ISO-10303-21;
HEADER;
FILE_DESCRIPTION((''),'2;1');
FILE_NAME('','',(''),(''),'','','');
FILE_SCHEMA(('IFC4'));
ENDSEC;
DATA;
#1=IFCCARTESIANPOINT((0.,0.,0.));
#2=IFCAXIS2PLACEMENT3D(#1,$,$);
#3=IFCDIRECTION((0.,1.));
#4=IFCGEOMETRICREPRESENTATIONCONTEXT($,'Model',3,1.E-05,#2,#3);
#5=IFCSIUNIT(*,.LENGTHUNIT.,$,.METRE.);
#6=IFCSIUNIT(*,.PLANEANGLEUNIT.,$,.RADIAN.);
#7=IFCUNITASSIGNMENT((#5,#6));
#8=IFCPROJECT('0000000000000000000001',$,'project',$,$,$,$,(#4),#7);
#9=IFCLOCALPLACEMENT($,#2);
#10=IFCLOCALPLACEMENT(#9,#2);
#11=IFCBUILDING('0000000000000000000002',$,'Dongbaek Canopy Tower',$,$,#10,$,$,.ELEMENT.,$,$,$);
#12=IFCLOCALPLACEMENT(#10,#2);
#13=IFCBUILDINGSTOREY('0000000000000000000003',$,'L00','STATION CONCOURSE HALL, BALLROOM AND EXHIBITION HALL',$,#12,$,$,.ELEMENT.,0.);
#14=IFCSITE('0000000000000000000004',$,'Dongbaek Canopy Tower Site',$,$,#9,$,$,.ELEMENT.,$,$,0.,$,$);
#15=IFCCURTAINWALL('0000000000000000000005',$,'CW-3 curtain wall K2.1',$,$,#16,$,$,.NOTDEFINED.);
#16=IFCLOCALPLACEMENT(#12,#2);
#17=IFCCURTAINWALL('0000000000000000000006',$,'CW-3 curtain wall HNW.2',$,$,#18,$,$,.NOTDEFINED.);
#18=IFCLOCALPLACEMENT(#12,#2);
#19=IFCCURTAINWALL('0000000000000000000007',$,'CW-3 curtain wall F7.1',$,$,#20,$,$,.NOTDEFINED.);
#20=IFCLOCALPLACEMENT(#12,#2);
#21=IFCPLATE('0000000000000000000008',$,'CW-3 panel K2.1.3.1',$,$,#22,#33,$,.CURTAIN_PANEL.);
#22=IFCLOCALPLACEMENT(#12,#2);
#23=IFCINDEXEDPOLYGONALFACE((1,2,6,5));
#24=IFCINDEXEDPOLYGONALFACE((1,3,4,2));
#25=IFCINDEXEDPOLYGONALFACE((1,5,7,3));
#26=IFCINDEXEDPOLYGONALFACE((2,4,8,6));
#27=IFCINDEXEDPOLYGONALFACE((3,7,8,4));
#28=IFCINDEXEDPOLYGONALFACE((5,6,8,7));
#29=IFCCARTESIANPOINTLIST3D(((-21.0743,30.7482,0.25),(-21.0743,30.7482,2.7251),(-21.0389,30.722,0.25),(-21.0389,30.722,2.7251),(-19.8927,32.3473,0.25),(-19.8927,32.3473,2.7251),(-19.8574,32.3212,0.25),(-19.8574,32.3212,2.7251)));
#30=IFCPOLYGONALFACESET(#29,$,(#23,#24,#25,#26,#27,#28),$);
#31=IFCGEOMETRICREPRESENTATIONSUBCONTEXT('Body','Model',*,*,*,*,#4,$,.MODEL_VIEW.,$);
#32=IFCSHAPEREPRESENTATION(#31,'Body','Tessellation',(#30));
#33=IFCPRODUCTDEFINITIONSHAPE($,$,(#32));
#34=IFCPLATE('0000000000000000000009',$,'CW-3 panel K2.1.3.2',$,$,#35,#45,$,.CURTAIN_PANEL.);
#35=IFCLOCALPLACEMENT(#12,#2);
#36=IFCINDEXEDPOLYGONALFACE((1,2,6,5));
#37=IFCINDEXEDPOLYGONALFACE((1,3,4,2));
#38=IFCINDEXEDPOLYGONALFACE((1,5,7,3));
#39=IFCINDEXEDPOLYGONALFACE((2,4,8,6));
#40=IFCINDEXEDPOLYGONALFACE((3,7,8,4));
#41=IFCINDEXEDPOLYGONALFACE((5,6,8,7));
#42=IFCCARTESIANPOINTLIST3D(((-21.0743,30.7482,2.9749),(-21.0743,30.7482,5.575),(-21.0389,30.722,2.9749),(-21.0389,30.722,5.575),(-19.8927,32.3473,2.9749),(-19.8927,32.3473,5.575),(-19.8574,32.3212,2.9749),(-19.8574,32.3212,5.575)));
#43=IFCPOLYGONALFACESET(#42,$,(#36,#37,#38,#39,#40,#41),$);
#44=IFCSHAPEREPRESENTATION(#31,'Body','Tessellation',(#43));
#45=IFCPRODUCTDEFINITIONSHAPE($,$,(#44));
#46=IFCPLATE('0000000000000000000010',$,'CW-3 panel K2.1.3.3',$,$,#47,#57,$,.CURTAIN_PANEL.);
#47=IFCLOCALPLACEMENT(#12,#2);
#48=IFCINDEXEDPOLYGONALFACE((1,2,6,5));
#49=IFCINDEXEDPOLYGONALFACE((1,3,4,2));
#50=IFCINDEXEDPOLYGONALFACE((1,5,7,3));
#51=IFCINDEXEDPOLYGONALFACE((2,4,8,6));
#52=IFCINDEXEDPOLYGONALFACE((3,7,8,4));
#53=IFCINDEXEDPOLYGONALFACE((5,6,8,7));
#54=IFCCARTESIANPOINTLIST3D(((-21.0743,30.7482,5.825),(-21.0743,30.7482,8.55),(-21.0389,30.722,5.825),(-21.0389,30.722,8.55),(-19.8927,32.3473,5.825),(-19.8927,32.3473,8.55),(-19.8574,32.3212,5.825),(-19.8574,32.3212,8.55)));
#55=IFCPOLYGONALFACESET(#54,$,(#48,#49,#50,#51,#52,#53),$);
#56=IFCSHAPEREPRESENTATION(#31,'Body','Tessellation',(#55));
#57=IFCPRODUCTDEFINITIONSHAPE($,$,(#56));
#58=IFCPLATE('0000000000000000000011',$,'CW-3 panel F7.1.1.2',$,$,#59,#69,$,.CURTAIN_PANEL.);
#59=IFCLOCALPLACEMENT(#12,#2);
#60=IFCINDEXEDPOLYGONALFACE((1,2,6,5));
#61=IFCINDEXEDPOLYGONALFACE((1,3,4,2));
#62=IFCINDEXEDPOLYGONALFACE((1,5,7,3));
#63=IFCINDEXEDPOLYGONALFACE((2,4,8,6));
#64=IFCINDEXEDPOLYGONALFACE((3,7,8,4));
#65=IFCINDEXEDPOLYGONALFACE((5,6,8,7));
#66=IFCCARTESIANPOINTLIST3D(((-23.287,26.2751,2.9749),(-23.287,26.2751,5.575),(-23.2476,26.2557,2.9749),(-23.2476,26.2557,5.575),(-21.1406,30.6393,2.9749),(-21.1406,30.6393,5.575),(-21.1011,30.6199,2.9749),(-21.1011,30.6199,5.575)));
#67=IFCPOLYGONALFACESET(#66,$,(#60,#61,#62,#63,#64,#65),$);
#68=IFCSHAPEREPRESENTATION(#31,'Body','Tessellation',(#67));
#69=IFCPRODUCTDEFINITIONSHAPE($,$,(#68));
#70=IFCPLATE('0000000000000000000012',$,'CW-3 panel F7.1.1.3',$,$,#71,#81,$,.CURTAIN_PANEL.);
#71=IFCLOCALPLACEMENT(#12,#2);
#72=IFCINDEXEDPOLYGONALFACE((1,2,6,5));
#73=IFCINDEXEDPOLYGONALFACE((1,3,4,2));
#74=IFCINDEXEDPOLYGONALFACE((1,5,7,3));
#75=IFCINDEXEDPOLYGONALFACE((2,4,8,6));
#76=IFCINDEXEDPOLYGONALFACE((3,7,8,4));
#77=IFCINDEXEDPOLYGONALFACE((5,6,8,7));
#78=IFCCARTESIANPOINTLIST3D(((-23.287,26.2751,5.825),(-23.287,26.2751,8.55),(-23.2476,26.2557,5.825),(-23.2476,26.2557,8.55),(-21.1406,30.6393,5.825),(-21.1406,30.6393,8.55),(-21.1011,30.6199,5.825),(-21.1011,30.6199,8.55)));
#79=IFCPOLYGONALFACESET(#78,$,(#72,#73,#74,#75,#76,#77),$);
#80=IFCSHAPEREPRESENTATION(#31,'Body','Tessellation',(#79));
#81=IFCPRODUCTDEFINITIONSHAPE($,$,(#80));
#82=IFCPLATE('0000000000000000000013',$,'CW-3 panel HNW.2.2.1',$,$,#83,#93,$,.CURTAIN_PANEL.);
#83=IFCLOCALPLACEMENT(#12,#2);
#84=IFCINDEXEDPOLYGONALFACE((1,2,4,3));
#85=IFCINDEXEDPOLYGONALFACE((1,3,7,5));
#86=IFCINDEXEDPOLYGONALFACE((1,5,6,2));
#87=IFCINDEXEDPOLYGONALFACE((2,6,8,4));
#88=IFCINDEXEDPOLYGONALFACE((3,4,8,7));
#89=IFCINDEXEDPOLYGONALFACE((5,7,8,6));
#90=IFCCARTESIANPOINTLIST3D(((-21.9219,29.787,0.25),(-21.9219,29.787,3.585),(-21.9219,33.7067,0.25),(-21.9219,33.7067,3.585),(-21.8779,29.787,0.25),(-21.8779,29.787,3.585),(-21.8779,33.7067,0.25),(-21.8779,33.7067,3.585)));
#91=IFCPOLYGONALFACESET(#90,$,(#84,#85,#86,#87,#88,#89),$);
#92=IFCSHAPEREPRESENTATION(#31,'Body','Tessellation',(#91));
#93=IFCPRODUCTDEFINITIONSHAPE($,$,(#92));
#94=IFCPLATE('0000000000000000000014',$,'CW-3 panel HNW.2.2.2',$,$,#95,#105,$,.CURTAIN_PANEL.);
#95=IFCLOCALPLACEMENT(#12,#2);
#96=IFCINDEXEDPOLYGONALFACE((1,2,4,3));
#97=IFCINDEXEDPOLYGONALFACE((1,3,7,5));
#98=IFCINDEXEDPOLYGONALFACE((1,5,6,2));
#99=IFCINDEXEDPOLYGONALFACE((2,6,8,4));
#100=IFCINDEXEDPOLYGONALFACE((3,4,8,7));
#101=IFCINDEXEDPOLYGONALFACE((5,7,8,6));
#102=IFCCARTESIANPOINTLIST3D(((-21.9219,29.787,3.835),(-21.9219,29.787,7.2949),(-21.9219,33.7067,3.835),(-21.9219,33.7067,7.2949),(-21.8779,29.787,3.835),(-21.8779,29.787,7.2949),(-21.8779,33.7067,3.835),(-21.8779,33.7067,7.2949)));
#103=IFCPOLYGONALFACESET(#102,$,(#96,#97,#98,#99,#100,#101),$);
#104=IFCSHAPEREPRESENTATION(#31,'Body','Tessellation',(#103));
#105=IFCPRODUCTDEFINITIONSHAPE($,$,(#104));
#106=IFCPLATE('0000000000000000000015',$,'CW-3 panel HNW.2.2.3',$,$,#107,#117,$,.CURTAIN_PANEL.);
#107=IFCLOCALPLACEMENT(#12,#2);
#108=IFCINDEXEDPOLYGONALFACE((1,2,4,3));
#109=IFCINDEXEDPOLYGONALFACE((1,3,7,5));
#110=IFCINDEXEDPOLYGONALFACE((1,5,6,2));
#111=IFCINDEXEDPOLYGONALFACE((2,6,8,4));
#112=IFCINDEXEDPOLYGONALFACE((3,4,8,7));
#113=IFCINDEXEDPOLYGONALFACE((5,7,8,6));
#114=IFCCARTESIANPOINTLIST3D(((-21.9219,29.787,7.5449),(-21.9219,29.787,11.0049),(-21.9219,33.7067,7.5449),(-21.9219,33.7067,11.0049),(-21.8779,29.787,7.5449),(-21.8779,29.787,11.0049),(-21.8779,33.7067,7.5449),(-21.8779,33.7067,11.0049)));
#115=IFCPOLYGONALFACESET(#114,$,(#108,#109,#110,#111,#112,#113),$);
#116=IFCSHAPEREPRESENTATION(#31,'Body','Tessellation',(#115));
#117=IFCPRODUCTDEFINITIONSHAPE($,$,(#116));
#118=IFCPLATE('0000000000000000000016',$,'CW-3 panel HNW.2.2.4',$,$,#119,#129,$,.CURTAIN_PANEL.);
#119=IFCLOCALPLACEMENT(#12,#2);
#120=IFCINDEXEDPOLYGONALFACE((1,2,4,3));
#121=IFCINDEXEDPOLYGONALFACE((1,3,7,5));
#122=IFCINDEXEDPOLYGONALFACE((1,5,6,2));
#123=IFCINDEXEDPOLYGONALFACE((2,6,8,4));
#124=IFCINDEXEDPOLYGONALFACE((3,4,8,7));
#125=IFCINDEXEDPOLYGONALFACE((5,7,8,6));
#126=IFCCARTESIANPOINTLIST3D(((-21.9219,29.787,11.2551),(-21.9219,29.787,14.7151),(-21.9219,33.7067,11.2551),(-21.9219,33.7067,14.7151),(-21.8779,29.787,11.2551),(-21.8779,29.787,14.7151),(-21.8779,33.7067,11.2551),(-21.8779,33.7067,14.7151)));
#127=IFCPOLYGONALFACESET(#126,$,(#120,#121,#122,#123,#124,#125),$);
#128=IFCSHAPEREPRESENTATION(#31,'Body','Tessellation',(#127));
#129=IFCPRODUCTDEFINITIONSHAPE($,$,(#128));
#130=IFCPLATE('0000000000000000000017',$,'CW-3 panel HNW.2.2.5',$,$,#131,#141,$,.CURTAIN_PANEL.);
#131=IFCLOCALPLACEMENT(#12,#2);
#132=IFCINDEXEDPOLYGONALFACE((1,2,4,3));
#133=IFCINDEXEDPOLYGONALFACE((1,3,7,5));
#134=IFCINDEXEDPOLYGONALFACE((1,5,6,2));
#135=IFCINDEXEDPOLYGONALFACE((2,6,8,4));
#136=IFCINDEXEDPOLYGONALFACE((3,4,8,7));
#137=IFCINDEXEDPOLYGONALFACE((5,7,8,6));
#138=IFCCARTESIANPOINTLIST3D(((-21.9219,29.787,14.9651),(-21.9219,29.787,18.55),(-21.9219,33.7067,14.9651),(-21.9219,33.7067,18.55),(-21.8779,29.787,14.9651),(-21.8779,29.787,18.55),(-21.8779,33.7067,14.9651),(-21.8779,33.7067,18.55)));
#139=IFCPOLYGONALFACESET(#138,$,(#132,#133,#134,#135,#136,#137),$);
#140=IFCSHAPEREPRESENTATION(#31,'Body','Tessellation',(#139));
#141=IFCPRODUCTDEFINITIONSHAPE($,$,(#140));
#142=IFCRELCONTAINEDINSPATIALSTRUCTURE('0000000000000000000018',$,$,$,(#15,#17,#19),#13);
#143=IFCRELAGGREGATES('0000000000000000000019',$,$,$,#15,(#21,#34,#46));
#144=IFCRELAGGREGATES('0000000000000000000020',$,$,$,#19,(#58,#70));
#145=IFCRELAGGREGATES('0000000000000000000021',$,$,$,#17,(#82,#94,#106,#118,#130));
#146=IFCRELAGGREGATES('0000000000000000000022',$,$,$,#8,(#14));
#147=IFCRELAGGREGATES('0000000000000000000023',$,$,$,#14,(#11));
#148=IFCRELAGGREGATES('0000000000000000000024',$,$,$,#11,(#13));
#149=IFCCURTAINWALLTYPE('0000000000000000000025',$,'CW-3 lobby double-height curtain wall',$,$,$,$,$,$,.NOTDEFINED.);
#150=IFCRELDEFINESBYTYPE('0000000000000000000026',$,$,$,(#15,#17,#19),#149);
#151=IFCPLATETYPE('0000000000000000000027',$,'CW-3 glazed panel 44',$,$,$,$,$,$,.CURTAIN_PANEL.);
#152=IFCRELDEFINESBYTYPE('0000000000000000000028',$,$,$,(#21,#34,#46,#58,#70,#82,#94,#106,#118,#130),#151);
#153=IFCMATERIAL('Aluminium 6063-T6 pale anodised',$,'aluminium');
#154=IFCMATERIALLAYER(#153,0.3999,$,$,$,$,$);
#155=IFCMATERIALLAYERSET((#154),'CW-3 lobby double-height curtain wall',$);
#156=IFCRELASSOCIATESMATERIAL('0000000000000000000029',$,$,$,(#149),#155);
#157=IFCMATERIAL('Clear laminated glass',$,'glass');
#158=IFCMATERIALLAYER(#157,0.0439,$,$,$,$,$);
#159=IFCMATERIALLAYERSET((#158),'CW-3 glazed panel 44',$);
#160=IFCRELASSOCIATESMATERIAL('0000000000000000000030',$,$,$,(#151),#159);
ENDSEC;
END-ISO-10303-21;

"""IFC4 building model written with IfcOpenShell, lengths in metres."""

from ifc_helpers import new_model, si_unit, direction, frame, origin, origin_2d, place, context, subcontext, project, spatial, rectangle, extrude, material, layer, layer_set, type_object, element, aggregate, save


model = new_model("IFC4")

# Units and contexts
model_context = context("Model", 3, precision=1e-05, world=origin(), true_north=direction((0.0, 1.0)))
body_context = subcontext(model_context, "Body", "Model", "MODEL_VIEW")
ifc_project = project(units=[si_unit("LENGTHUNIT", "METRE"), si_unit("PLANEANGLEUNIT", "RADIAN")], contexts=[model_context])

# Site, building, storey
site_placement = place(None, origin())
site = spatial("IfcSite", under=ifc_project, at=site_placement, Name="Dongbaek Canopy Tower Site", CompositionType="ELEMENT", RefElevation=0.0)
building_placement = place(site_placement, origin())
building = spatial("IfcBuilding", under=site, at=building_placement, Name="Dongbaek Canopy Tower", CompositionType="ELEMENT")
storey_placement = place(building_placement, origin())
storey = spatial("IfcBuildingStorey", under=building, at=storey_placement, Name="L00", Description="STATION CONCOURSE HALL, BALLROOM AND EXHIBITION HALL", CompositionType="ELEMENT", Elevation=0.0)

# Curtain wall
ifc_material_1 = material(Name="Aluminium 6063-T6 pale anodised", Category="aluminium")
ifc_layer_1 = layer(ifc_material_1, 0.3999)
ifc_layer_set_1 = layer_set([ifc_layer_1], Name="CW-3 lobby double-height curtain wall")
curtain_wall_type = type_object("IfcCurtainWallType", Name="CW-3 lobby double-height curtain wall", PredefinedType="NOTDEFINED", material=ifc_layer_set_1)
curtain_wall_1_placement = place(storey_placement, origin())
curtain_wall_1 = element("IfcCurtainWall", 1, at=curtain_wall_1_placement, inside=storey, type_object=curtain_wall_type, Name="CW-3 curtain wall K2.1", PredefinedType="NOTDEFINED")

# Curtain wall
curtain_wall_2_placement = place(storey_placement, origin())
curtain_wall_2 = element("IfcCurtainWall", 2, at=curtain_wall_2_placement, inside=storey, type_object=curtain_wall_type, Name="CW-3 curtain wall HNW.2", PredefinedType="NOTDEFINED")

# Curtain wall
curtain_wall_3_placement = place(storey_placement, origin())
curtain_wall_3 = element("IfcCurtainWall", 3, at=curtain_wall_3_placement, inside=storey, type_object=curtain_wall_type, Name="CW-3 curtain wall F7.1", PredefinedType="NOTDEFINED")

# Plates
ifc_material_2 = material(Name="Clear laminated glass", Category="glass")
ifc_layer_2 = layer(ifc_material_2, 0.0439)
ifc_layer_set_2 = layer_set([ifc_layer_2], Name="CW-3 glazed panel 44")
plate_type = type_object("IfcPlateType", Name="CW-3 glazed panel 44", PredefinedType="CURTAIN_PANEL", material=ifc_layer_set_2)
plate_1_placement = place(storey_placement, frame((-20.4658, 31.5347, 0.25), z_axis=(0.0, 0.0, 1.0), x_axis=(-0.594253, -0.804278, 0.0)))
plate_1 = element("IfcPlate", 4, at=plate_1_placement, type_object=plate_type, Name="CW-3 panel K2.1.3.1", PredefinedType="CURTAIN_PANEL", context=body_context, shape_type="SweptSolid", body=[
    extrude(rectangle(XDim=1.9883, YDim=0.0439, at=origin_2d()), origin(), (0.0, 0.0, 1.0), 2.4751),
])
plate_2_placement = place(storey_placement, frame((-20.4658, 31.5347, 2.9749), z_axis=(0.0, 0.0, 1.0), x_axis=(-0.594253, -0.804278, 0.0)))
plate_2 = element("IfcPlate", 5, at=plate_2_placement, type_object=plate_type, Name="CW-3 panel K2.1.3.2", PredefinedType="CURTAIN_PANEL", context=body_context, shape_type="SweptSolid", body=[
    extrude(rectangle(XDim=1.9883, YDim=0.0439, at=origin_2d()), origin(), (0.0, 0.0, 1.0), 2.6001),
])
plate_3_placement = place(storey_placement, frame((-20.4658, 31.5347, 5.825), z_axis=(0.0, 0.0, 1.0), x_axis=(-0.594253, -0.804278, 0.0)))
plate_3 = element("IfcPlate", 6, at=plate_3_placement, type_object=plate_type, Name="CW-3 panel K2.1.3.3", PredefinedType="CURTAIN_PANEL", context=body_context, shape_type="SweptSolid", body=[
    extrude(rectangle(XDim=1.9883, YDim=0.0439, at=origin_2d()), origin(), (0.0, 0.0, 1.0), 2.7251),
])
aggregate(curtain_wall_1, [plate_1, plate_2, plate_3])
plate_4_placement = place(storey_placement, frame((-22.1941, 28.4475, 2.9749), z_axis=(0.0, 0.0, 1.0), x_axis=(-0.441342, -0.897339, 0.0)))
plate_4 = element("IfcPlate", 7, at=plate_4_placement, type_object=plate_type, Name="CW-3 panel F7.1.1.2", PredefinedType="CURTAIN_PANEL", context=body_context, shape_type="SweptSolid", body=[
    extrude(rectangle(XDim=4.8635, YDim=0.0439, at=origin_2d()), origin(), (0.0, 0.0, 1.0), 2.6001),
])
plate_5_placement = place(storey_placement, frame((-22.1941, 28.4475, 5.825), z_axis=(0.0, 0.0, 1.0), x_axis=(-0.441342, -0.897339, 0.0)))
plate_5 = element("IfcPlate", 8, at=plate_5_placement, type_object=plate_type, Name="CW-3 panel F7.1.1.3", PredefinedType="CURTAIN_PANEL", context=body_context, shape_type="SweptSolid", body=[
    extrude(rectangle(XDim=4.8635, YDim=0.0439, at=origin_2d()), origin(), (0.0, 0.0, 1.0), 2.7251),
])
aggregate(curtain_wall_3, [plate_4, plate_5])
plate_6_placement = place(storey_placement, frame((-21.8999, 31.7468, 0.25), z_axis=(0.0, 0.0, 1.0), x_axis=(0.0, -1.0, 0.0)))
plate_6 = element("IfcPlate", 9, at=plate_6_placement, type_object=plate_type, Name="CW-3 panel HNW.2.2.1", PredefinedType="CURTAIN_PANEL", context=body_context, shape_type="SweptSolid", body=[
    extrude(rectangle(XDim=3.9197, YDim=0.0439, at=origin_2d()), origin(), (0.0, 0.0, 1.0), 3.335),
])
plate_7_placement = place(storey_placement, frame((-21.8999, 31.7468, 3.835), z_axis=(0.0, 0.0, 1.0), x_axis=(0.0, -1.0, 0.0)))
plate_7 = element("IfcPlate", 10, at=plate_7_placement, type_object=plate_type, Name="CW-3 panel HNW.2.2.2", PredefinedType="CURTAIN_PANEL", context=body_context, shape_type="SweptSolid", body=[
    extrude(rectangle(XDim=3.9197, YDim=0.0439, at=origin_2d()), origin(), (0.0, 0.0, 1.0), 3.46),
])
plate_8_placement = place(storey_placement, frame((-21.8999, 31.7468, 7.5449), z_axis=(0.0, 0.0, 1.0), x_axis=(0.0, -1.0, 0.0)))
plate_8 = element("IfcPlate", 11, at=plate_8_placement, type_object=plate_type, Name="CW-3 panel HNW.2.2.3", PredefinedType="CURTAIN_PANEL", context=body_context, shape_type="SweptSolid", body=[
    extrude(rectangle(XDim=3.9197, YDim=0.0439, at=origin_2d()), origin(), (0.0, 0.0, 1.0), 3.46),
])
plate_9_placement = place(storey_placement, frame((-21.8999, 31.7468, 11.2551), z_axis=(0.0, 0.0, 1.0), x_axis=(0.0, -1.0, 0.0)))
plate_9 = element("IfcPlate", 12, at=plate_9_placement, type_object=plate_type, Name="CW-3 panel HNW.2.2.4", PredefinedType="CURTAIN_PANEL", context=body_context, shape_type="SweptSolid", body=[
    extrude(rectangle(XDim=3.9197, YDim=0.0439, at=origin_2d()), origin(), (0.0, 0.0, 1.0), 3.46),
])
plate_10_placement = place(storey_placement, frame((-21.8999, 31.7468, 14.9651), z_axis=(0.0, 0.0, 1.0), x_axis=(0.0, -1.0, 0.0)))
plate_10 = element("IfcPlate", 13, at=plate_10_placement, type_object=plate_type, Name="CW-3 panel HNW.2.2.5", PredefinedType="CURTAIN_PANEL", context=body_context, shape_type="SweptSolid", body=[
    extrude(rectangle(XDim=3.9197, YDim=0.0439, at=origin_2d()), origin(), (0.0, 0.0, 1.0), 3.585),
])
aggregate(curtain_wall_2, [plate_6, plate_7, plate_8, plate_9, plate_10])

save(model, "model.ifc")
